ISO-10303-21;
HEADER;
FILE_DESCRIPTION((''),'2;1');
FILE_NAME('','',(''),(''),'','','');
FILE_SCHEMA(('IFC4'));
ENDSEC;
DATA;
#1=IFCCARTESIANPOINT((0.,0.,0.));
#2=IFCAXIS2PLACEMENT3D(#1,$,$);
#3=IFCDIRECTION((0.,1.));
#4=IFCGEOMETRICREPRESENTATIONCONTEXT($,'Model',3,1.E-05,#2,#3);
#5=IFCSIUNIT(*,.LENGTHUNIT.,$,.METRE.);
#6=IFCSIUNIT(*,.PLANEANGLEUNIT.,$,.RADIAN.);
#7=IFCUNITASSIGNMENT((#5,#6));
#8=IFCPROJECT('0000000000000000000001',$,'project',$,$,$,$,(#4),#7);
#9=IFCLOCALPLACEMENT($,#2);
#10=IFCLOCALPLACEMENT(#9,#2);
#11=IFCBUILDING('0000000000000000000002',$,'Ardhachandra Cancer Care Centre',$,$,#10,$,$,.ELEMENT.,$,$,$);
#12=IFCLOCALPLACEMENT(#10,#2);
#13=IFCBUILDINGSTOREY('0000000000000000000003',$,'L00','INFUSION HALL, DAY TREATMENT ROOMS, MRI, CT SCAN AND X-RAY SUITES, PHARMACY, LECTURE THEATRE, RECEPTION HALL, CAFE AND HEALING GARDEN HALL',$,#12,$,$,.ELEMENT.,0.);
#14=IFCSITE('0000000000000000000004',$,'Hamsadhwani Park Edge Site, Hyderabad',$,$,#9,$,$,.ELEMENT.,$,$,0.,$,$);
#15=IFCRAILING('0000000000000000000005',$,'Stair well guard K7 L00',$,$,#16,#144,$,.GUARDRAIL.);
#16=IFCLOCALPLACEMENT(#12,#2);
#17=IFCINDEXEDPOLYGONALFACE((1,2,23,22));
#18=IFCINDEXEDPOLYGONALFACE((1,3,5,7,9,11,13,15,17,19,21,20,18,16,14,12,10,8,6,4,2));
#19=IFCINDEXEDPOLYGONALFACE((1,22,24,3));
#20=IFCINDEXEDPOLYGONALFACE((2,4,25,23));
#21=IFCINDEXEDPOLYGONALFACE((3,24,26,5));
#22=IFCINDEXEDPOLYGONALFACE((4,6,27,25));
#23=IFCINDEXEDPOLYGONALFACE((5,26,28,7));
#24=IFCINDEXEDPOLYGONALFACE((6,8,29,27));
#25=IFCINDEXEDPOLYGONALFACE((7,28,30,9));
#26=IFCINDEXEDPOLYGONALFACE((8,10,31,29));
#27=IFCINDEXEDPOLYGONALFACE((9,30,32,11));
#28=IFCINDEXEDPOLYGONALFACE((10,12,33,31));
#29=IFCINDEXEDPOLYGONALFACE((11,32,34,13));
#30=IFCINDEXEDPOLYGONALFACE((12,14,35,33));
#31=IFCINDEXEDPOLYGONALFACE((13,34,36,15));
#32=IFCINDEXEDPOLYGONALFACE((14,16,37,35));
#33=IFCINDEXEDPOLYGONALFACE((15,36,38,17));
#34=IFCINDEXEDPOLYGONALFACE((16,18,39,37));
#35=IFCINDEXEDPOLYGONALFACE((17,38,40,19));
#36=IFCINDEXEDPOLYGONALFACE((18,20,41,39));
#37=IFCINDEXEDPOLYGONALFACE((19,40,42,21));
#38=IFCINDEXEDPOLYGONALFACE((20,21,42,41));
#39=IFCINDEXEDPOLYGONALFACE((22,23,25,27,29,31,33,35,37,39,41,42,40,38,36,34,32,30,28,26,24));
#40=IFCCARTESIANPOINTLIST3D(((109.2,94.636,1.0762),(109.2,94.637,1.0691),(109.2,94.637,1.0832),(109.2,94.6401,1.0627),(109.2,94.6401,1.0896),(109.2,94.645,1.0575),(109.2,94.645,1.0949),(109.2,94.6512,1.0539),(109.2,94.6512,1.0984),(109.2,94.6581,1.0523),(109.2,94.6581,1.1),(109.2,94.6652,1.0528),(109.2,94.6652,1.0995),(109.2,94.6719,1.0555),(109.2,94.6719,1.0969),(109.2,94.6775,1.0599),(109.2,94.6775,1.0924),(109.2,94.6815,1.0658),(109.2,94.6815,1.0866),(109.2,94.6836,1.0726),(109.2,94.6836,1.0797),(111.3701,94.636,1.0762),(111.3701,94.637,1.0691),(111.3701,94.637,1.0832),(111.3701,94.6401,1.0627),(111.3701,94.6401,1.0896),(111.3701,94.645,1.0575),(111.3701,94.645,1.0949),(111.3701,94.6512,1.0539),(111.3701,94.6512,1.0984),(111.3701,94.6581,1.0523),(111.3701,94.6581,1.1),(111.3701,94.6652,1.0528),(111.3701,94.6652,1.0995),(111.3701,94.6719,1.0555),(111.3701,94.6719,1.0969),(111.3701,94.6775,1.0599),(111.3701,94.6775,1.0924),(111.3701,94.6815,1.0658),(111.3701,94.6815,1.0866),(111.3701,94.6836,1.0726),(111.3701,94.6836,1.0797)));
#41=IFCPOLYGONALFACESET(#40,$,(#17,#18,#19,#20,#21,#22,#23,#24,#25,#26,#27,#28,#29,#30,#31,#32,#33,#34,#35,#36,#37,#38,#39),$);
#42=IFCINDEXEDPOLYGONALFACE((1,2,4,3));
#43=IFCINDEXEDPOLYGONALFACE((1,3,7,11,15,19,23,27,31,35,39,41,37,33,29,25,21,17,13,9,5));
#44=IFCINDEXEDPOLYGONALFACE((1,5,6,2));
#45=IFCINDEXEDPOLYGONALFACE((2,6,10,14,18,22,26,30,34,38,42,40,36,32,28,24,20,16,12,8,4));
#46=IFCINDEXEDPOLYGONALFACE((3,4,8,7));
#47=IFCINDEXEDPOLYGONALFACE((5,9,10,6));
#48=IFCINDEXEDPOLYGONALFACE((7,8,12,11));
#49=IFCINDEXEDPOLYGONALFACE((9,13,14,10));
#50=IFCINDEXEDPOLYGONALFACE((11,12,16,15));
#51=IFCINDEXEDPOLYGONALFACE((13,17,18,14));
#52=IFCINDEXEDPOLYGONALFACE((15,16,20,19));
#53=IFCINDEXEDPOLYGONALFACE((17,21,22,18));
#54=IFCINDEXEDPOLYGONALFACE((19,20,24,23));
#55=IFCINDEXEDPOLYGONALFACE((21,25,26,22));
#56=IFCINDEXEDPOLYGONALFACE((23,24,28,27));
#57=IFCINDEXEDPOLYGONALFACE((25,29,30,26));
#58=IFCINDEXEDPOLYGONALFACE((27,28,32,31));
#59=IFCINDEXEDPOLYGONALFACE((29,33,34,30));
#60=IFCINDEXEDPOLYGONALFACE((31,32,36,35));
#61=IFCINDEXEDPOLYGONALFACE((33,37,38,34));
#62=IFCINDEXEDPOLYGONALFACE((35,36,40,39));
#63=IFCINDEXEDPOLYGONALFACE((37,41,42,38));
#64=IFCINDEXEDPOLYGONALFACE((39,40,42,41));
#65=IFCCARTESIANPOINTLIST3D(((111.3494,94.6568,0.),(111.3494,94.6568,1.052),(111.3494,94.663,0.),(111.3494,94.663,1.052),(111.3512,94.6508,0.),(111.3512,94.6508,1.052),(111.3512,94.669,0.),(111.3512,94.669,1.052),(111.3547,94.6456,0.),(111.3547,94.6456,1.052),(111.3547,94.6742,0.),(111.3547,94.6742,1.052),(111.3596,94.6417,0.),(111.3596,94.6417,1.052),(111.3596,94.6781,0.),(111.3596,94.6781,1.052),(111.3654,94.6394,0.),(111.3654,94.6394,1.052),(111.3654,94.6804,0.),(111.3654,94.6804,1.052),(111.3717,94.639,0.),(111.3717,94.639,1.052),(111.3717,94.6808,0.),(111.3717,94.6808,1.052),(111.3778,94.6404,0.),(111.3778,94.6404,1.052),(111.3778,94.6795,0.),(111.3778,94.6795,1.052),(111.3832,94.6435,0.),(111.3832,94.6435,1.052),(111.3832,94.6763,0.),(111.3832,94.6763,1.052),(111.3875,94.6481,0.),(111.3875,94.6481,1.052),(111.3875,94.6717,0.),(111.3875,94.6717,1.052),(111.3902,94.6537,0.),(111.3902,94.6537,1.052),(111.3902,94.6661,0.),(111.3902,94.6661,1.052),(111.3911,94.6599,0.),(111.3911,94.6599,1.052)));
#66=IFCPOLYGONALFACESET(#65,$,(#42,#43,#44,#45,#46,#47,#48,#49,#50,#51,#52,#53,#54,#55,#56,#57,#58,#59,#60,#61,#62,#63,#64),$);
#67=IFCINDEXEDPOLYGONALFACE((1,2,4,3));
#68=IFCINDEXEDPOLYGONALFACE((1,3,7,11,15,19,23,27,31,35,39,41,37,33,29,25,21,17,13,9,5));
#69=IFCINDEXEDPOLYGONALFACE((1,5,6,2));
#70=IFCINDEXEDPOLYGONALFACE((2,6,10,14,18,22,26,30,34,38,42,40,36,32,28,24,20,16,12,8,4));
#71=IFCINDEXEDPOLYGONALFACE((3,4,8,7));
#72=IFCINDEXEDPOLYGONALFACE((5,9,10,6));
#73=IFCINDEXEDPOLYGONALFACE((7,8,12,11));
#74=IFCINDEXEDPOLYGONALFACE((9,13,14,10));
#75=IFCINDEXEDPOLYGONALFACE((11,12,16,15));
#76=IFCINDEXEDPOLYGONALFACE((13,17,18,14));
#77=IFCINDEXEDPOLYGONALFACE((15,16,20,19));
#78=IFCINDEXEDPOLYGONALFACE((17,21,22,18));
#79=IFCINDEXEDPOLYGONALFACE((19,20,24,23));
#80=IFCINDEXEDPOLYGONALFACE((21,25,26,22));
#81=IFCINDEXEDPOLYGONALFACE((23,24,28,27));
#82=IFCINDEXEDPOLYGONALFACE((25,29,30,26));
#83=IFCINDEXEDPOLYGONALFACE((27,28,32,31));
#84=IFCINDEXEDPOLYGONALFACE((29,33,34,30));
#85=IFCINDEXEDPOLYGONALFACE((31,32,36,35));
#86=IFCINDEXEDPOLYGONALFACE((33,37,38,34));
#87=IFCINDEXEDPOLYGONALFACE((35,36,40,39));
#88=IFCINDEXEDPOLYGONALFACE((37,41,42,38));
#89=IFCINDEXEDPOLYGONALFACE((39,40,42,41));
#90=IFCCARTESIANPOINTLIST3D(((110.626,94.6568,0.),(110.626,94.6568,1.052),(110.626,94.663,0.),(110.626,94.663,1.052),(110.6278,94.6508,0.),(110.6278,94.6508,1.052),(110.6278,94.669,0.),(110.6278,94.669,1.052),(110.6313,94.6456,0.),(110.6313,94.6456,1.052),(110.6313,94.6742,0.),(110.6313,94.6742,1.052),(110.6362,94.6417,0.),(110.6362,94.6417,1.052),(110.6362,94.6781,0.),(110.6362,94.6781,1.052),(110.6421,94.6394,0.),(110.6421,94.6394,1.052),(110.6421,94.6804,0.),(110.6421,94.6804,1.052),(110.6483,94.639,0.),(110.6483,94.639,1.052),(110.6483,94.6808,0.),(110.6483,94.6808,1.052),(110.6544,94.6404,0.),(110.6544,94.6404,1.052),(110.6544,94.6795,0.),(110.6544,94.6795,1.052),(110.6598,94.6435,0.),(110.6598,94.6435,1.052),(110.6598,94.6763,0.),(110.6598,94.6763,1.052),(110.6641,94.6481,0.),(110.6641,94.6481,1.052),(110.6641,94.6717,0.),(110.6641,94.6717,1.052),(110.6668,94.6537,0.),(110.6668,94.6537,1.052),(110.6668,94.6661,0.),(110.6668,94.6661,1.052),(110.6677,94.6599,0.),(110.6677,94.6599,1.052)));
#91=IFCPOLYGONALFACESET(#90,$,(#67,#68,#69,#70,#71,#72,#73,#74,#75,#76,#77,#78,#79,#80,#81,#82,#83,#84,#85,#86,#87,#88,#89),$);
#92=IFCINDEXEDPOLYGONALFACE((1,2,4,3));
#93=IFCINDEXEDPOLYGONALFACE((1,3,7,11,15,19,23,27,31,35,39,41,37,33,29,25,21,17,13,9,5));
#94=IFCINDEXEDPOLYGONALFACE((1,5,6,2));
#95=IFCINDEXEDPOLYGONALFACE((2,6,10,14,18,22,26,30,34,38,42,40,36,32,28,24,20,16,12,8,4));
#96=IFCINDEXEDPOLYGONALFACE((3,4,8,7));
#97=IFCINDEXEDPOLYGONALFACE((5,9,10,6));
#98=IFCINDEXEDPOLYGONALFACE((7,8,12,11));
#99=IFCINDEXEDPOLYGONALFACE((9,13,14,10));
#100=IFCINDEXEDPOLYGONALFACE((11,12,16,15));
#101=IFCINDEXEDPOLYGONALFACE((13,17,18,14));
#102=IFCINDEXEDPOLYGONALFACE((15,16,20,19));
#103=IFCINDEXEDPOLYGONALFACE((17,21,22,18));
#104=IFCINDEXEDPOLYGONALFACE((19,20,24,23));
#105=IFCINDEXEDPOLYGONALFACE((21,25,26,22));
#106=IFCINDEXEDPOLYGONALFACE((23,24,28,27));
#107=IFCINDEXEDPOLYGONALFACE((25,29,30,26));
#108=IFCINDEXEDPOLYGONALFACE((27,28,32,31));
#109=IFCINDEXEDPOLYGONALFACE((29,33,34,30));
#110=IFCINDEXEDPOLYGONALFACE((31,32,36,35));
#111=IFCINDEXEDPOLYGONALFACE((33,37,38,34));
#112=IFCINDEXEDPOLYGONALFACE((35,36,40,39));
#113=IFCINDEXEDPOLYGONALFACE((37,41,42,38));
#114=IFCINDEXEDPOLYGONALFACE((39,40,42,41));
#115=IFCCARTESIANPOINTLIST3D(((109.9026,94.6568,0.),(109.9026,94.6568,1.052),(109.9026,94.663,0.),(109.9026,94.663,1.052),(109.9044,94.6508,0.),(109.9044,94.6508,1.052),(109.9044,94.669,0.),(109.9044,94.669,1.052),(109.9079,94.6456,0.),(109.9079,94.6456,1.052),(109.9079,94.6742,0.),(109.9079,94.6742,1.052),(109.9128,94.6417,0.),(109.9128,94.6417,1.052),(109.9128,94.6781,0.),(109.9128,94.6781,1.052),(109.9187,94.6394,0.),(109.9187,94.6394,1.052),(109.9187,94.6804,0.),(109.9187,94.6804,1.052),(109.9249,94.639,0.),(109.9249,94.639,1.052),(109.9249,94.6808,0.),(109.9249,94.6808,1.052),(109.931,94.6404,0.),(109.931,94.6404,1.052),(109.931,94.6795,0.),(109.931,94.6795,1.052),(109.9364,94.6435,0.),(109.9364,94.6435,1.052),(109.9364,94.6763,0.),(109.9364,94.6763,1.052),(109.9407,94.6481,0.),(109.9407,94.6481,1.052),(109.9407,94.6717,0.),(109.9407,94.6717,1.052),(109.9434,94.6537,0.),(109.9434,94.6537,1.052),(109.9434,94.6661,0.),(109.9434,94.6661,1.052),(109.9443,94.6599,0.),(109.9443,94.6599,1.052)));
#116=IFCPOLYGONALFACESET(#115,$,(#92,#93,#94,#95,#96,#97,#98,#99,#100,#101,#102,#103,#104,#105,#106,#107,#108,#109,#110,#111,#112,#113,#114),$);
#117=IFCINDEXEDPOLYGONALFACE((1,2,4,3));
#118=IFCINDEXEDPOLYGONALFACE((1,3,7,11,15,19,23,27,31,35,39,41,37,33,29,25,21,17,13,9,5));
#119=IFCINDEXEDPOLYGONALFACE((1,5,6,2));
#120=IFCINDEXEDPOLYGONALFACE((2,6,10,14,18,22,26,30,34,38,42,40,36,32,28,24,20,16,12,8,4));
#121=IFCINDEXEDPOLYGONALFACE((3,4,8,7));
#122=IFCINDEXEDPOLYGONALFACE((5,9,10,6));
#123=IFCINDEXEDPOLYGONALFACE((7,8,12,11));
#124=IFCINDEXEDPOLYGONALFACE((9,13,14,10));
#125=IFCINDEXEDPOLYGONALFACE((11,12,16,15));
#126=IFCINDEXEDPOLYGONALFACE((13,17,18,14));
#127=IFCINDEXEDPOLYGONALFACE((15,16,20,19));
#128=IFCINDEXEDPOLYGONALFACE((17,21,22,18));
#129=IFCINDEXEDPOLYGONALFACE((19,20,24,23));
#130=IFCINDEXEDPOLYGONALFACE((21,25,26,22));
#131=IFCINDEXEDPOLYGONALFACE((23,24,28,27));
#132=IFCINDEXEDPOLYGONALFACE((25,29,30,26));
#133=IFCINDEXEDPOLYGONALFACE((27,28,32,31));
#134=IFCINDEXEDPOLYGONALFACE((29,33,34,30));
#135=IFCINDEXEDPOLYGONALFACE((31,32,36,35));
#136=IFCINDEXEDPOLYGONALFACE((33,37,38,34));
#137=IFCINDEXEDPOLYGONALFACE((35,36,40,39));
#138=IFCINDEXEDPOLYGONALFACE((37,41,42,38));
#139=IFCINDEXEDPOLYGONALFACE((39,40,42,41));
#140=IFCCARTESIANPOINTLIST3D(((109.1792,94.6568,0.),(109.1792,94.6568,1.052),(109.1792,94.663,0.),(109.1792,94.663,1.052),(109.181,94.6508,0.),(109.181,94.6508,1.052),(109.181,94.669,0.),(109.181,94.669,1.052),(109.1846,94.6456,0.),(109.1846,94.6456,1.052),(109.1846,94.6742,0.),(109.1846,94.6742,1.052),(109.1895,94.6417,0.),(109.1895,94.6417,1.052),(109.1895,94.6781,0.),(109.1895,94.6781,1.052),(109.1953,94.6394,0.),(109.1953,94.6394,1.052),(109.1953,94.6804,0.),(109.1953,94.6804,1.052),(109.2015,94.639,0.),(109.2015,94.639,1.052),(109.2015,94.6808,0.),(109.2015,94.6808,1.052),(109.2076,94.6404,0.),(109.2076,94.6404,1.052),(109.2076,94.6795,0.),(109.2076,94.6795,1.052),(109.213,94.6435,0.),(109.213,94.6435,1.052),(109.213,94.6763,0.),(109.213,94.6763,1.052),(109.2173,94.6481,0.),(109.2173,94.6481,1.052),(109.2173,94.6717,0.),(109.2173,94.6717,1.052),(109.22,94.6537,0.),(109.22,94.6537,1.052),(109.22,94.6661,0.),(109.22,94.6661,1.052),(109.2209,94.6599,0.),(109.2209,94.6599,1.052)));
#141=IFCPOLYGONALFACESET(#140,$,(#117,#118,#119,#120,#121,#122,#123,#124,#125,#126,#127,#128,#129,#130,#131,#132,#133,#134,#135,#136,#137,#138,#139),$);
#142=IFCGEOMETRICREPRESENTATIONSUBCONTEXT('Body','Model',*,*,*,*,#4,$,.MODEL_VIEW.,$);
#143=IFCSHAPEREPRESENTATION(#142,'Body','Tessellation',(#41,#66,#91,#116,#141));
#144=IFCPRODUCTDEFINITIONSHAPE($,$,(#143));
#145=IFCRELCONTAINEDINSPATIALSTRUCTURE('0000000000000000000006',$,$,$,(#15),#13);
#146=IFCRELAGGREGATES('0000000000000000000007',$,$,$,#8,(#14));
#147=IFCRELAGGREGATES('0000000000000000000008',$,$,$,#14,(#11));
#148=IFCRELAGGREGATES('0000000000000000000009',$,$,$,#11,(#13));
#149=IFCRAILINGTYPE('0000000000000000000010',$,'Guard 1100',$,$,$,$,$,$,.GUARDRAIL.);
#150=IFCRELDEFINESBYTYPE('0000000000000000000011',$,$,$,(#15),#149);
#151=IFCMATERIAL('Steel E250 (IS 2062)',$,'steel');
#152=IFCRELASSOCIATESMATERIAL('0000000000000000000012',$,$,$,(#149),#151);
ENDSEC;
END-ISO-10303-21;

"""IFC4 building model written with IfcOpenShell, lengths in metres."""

from ifc_helpers import new_model, si_unit, direction, frame, origin, origin_2d, place, context, subcontext, project, spatial, circle, extrude, material, type_object, element, save


model = new_model("IFC4")

# Units and contexts
model_context = context("Model", 3, precision=1e-05, world=origin(), true_north=direction((0.0, 1.0)))
body_context = subcontext(model_context, "Body", "Model", "MODEL_VIEW")
ifc_project = project(units=[si_unit("LENGTHUNIT", "METRE"), si_unit("PLANEANGLEUNIT", "RADIAN")], contexts=[model_context])

# Site, building, storey
site_placement = place(None, origin())
site = spatial("IfcSite", under=ifc_project, at=site_placement, Name="Hamsadhwani Park Edge Site, Hyderabad", CompositionType="ELEMENT", RefElevation=0.0)
building_placement = place(site_placement, origin())
building = spatial("IfcBuilding", under=site, at=building_placement, Name="Ardhachandra Cancer Care Centre", CompositionType="ELEMENT")
storey_placement = place(building_placement, origin())
storey = spatial("IfcBuildingStorey", under=building, at=storey_placement, Name="L00", Description="INFUSION HALL, DAY TREATMENT ROOMS, MRI, CT SCAN AND X-RAY SUITES, PHARMACY, LECTURE THEATRE, RECEPTION HALL, CAFE AND HEALING GARDEN HALL", CompositionType="ELEMENT", Elevation=0.0)

# Railing
ifc_material_1 = material(Name="Steel E250 (IS 2062)", Category="steel")
railing_type_1 = type_object("IfcRailingType", Name="Guard 1100", PredefinedType="GUARDRAIL", material=ifc_material_1)
railing_1_placement = place(storey_placement, frame((111.3701, 94.6599, 0.0)))
element("IfcRailing", 1, at=railing_1_placement, inside=storey, type_object=railing_type_1, Name="Stair well guard K7 L00", PredefinedType="GUARDRAIL", context=body_context, shape_type="SweptSolid", body=[
    extrude(circle(Radius=0.0239, at=origin_2d()), frame((0.0, 0.0, 1.0762), z_axis=(-1.0, 0.0, 0.0), x_axis=(0.0, -1.0, 0.0)), (0.0, 0.0, 1.0), 2.1702),
    extrude(circle(Radius=0.021, at=origin_2d()), origin(), (0.0, 0.0, 1.0), 1.052),
    extrude(circle(Radius=0.021, at=origin_2d()), frame((-0.7234, 0.0, 0.0)), (0.0, 0.0, 1.0), 1.052),
    extrude(circle(Radius=0.021, at=origin_2d()), frame((-1.4468, 0.0, 0.0)), (0.0, 0.0, 1.0), 1.052),
    extrude(circle(Radius=0.021, at=origin_2d()), frame((-2.1702, 0.0, 0.0)), (0.0, 0.0, 1.0), 1.052),
])

save(model, "model.ifc")
